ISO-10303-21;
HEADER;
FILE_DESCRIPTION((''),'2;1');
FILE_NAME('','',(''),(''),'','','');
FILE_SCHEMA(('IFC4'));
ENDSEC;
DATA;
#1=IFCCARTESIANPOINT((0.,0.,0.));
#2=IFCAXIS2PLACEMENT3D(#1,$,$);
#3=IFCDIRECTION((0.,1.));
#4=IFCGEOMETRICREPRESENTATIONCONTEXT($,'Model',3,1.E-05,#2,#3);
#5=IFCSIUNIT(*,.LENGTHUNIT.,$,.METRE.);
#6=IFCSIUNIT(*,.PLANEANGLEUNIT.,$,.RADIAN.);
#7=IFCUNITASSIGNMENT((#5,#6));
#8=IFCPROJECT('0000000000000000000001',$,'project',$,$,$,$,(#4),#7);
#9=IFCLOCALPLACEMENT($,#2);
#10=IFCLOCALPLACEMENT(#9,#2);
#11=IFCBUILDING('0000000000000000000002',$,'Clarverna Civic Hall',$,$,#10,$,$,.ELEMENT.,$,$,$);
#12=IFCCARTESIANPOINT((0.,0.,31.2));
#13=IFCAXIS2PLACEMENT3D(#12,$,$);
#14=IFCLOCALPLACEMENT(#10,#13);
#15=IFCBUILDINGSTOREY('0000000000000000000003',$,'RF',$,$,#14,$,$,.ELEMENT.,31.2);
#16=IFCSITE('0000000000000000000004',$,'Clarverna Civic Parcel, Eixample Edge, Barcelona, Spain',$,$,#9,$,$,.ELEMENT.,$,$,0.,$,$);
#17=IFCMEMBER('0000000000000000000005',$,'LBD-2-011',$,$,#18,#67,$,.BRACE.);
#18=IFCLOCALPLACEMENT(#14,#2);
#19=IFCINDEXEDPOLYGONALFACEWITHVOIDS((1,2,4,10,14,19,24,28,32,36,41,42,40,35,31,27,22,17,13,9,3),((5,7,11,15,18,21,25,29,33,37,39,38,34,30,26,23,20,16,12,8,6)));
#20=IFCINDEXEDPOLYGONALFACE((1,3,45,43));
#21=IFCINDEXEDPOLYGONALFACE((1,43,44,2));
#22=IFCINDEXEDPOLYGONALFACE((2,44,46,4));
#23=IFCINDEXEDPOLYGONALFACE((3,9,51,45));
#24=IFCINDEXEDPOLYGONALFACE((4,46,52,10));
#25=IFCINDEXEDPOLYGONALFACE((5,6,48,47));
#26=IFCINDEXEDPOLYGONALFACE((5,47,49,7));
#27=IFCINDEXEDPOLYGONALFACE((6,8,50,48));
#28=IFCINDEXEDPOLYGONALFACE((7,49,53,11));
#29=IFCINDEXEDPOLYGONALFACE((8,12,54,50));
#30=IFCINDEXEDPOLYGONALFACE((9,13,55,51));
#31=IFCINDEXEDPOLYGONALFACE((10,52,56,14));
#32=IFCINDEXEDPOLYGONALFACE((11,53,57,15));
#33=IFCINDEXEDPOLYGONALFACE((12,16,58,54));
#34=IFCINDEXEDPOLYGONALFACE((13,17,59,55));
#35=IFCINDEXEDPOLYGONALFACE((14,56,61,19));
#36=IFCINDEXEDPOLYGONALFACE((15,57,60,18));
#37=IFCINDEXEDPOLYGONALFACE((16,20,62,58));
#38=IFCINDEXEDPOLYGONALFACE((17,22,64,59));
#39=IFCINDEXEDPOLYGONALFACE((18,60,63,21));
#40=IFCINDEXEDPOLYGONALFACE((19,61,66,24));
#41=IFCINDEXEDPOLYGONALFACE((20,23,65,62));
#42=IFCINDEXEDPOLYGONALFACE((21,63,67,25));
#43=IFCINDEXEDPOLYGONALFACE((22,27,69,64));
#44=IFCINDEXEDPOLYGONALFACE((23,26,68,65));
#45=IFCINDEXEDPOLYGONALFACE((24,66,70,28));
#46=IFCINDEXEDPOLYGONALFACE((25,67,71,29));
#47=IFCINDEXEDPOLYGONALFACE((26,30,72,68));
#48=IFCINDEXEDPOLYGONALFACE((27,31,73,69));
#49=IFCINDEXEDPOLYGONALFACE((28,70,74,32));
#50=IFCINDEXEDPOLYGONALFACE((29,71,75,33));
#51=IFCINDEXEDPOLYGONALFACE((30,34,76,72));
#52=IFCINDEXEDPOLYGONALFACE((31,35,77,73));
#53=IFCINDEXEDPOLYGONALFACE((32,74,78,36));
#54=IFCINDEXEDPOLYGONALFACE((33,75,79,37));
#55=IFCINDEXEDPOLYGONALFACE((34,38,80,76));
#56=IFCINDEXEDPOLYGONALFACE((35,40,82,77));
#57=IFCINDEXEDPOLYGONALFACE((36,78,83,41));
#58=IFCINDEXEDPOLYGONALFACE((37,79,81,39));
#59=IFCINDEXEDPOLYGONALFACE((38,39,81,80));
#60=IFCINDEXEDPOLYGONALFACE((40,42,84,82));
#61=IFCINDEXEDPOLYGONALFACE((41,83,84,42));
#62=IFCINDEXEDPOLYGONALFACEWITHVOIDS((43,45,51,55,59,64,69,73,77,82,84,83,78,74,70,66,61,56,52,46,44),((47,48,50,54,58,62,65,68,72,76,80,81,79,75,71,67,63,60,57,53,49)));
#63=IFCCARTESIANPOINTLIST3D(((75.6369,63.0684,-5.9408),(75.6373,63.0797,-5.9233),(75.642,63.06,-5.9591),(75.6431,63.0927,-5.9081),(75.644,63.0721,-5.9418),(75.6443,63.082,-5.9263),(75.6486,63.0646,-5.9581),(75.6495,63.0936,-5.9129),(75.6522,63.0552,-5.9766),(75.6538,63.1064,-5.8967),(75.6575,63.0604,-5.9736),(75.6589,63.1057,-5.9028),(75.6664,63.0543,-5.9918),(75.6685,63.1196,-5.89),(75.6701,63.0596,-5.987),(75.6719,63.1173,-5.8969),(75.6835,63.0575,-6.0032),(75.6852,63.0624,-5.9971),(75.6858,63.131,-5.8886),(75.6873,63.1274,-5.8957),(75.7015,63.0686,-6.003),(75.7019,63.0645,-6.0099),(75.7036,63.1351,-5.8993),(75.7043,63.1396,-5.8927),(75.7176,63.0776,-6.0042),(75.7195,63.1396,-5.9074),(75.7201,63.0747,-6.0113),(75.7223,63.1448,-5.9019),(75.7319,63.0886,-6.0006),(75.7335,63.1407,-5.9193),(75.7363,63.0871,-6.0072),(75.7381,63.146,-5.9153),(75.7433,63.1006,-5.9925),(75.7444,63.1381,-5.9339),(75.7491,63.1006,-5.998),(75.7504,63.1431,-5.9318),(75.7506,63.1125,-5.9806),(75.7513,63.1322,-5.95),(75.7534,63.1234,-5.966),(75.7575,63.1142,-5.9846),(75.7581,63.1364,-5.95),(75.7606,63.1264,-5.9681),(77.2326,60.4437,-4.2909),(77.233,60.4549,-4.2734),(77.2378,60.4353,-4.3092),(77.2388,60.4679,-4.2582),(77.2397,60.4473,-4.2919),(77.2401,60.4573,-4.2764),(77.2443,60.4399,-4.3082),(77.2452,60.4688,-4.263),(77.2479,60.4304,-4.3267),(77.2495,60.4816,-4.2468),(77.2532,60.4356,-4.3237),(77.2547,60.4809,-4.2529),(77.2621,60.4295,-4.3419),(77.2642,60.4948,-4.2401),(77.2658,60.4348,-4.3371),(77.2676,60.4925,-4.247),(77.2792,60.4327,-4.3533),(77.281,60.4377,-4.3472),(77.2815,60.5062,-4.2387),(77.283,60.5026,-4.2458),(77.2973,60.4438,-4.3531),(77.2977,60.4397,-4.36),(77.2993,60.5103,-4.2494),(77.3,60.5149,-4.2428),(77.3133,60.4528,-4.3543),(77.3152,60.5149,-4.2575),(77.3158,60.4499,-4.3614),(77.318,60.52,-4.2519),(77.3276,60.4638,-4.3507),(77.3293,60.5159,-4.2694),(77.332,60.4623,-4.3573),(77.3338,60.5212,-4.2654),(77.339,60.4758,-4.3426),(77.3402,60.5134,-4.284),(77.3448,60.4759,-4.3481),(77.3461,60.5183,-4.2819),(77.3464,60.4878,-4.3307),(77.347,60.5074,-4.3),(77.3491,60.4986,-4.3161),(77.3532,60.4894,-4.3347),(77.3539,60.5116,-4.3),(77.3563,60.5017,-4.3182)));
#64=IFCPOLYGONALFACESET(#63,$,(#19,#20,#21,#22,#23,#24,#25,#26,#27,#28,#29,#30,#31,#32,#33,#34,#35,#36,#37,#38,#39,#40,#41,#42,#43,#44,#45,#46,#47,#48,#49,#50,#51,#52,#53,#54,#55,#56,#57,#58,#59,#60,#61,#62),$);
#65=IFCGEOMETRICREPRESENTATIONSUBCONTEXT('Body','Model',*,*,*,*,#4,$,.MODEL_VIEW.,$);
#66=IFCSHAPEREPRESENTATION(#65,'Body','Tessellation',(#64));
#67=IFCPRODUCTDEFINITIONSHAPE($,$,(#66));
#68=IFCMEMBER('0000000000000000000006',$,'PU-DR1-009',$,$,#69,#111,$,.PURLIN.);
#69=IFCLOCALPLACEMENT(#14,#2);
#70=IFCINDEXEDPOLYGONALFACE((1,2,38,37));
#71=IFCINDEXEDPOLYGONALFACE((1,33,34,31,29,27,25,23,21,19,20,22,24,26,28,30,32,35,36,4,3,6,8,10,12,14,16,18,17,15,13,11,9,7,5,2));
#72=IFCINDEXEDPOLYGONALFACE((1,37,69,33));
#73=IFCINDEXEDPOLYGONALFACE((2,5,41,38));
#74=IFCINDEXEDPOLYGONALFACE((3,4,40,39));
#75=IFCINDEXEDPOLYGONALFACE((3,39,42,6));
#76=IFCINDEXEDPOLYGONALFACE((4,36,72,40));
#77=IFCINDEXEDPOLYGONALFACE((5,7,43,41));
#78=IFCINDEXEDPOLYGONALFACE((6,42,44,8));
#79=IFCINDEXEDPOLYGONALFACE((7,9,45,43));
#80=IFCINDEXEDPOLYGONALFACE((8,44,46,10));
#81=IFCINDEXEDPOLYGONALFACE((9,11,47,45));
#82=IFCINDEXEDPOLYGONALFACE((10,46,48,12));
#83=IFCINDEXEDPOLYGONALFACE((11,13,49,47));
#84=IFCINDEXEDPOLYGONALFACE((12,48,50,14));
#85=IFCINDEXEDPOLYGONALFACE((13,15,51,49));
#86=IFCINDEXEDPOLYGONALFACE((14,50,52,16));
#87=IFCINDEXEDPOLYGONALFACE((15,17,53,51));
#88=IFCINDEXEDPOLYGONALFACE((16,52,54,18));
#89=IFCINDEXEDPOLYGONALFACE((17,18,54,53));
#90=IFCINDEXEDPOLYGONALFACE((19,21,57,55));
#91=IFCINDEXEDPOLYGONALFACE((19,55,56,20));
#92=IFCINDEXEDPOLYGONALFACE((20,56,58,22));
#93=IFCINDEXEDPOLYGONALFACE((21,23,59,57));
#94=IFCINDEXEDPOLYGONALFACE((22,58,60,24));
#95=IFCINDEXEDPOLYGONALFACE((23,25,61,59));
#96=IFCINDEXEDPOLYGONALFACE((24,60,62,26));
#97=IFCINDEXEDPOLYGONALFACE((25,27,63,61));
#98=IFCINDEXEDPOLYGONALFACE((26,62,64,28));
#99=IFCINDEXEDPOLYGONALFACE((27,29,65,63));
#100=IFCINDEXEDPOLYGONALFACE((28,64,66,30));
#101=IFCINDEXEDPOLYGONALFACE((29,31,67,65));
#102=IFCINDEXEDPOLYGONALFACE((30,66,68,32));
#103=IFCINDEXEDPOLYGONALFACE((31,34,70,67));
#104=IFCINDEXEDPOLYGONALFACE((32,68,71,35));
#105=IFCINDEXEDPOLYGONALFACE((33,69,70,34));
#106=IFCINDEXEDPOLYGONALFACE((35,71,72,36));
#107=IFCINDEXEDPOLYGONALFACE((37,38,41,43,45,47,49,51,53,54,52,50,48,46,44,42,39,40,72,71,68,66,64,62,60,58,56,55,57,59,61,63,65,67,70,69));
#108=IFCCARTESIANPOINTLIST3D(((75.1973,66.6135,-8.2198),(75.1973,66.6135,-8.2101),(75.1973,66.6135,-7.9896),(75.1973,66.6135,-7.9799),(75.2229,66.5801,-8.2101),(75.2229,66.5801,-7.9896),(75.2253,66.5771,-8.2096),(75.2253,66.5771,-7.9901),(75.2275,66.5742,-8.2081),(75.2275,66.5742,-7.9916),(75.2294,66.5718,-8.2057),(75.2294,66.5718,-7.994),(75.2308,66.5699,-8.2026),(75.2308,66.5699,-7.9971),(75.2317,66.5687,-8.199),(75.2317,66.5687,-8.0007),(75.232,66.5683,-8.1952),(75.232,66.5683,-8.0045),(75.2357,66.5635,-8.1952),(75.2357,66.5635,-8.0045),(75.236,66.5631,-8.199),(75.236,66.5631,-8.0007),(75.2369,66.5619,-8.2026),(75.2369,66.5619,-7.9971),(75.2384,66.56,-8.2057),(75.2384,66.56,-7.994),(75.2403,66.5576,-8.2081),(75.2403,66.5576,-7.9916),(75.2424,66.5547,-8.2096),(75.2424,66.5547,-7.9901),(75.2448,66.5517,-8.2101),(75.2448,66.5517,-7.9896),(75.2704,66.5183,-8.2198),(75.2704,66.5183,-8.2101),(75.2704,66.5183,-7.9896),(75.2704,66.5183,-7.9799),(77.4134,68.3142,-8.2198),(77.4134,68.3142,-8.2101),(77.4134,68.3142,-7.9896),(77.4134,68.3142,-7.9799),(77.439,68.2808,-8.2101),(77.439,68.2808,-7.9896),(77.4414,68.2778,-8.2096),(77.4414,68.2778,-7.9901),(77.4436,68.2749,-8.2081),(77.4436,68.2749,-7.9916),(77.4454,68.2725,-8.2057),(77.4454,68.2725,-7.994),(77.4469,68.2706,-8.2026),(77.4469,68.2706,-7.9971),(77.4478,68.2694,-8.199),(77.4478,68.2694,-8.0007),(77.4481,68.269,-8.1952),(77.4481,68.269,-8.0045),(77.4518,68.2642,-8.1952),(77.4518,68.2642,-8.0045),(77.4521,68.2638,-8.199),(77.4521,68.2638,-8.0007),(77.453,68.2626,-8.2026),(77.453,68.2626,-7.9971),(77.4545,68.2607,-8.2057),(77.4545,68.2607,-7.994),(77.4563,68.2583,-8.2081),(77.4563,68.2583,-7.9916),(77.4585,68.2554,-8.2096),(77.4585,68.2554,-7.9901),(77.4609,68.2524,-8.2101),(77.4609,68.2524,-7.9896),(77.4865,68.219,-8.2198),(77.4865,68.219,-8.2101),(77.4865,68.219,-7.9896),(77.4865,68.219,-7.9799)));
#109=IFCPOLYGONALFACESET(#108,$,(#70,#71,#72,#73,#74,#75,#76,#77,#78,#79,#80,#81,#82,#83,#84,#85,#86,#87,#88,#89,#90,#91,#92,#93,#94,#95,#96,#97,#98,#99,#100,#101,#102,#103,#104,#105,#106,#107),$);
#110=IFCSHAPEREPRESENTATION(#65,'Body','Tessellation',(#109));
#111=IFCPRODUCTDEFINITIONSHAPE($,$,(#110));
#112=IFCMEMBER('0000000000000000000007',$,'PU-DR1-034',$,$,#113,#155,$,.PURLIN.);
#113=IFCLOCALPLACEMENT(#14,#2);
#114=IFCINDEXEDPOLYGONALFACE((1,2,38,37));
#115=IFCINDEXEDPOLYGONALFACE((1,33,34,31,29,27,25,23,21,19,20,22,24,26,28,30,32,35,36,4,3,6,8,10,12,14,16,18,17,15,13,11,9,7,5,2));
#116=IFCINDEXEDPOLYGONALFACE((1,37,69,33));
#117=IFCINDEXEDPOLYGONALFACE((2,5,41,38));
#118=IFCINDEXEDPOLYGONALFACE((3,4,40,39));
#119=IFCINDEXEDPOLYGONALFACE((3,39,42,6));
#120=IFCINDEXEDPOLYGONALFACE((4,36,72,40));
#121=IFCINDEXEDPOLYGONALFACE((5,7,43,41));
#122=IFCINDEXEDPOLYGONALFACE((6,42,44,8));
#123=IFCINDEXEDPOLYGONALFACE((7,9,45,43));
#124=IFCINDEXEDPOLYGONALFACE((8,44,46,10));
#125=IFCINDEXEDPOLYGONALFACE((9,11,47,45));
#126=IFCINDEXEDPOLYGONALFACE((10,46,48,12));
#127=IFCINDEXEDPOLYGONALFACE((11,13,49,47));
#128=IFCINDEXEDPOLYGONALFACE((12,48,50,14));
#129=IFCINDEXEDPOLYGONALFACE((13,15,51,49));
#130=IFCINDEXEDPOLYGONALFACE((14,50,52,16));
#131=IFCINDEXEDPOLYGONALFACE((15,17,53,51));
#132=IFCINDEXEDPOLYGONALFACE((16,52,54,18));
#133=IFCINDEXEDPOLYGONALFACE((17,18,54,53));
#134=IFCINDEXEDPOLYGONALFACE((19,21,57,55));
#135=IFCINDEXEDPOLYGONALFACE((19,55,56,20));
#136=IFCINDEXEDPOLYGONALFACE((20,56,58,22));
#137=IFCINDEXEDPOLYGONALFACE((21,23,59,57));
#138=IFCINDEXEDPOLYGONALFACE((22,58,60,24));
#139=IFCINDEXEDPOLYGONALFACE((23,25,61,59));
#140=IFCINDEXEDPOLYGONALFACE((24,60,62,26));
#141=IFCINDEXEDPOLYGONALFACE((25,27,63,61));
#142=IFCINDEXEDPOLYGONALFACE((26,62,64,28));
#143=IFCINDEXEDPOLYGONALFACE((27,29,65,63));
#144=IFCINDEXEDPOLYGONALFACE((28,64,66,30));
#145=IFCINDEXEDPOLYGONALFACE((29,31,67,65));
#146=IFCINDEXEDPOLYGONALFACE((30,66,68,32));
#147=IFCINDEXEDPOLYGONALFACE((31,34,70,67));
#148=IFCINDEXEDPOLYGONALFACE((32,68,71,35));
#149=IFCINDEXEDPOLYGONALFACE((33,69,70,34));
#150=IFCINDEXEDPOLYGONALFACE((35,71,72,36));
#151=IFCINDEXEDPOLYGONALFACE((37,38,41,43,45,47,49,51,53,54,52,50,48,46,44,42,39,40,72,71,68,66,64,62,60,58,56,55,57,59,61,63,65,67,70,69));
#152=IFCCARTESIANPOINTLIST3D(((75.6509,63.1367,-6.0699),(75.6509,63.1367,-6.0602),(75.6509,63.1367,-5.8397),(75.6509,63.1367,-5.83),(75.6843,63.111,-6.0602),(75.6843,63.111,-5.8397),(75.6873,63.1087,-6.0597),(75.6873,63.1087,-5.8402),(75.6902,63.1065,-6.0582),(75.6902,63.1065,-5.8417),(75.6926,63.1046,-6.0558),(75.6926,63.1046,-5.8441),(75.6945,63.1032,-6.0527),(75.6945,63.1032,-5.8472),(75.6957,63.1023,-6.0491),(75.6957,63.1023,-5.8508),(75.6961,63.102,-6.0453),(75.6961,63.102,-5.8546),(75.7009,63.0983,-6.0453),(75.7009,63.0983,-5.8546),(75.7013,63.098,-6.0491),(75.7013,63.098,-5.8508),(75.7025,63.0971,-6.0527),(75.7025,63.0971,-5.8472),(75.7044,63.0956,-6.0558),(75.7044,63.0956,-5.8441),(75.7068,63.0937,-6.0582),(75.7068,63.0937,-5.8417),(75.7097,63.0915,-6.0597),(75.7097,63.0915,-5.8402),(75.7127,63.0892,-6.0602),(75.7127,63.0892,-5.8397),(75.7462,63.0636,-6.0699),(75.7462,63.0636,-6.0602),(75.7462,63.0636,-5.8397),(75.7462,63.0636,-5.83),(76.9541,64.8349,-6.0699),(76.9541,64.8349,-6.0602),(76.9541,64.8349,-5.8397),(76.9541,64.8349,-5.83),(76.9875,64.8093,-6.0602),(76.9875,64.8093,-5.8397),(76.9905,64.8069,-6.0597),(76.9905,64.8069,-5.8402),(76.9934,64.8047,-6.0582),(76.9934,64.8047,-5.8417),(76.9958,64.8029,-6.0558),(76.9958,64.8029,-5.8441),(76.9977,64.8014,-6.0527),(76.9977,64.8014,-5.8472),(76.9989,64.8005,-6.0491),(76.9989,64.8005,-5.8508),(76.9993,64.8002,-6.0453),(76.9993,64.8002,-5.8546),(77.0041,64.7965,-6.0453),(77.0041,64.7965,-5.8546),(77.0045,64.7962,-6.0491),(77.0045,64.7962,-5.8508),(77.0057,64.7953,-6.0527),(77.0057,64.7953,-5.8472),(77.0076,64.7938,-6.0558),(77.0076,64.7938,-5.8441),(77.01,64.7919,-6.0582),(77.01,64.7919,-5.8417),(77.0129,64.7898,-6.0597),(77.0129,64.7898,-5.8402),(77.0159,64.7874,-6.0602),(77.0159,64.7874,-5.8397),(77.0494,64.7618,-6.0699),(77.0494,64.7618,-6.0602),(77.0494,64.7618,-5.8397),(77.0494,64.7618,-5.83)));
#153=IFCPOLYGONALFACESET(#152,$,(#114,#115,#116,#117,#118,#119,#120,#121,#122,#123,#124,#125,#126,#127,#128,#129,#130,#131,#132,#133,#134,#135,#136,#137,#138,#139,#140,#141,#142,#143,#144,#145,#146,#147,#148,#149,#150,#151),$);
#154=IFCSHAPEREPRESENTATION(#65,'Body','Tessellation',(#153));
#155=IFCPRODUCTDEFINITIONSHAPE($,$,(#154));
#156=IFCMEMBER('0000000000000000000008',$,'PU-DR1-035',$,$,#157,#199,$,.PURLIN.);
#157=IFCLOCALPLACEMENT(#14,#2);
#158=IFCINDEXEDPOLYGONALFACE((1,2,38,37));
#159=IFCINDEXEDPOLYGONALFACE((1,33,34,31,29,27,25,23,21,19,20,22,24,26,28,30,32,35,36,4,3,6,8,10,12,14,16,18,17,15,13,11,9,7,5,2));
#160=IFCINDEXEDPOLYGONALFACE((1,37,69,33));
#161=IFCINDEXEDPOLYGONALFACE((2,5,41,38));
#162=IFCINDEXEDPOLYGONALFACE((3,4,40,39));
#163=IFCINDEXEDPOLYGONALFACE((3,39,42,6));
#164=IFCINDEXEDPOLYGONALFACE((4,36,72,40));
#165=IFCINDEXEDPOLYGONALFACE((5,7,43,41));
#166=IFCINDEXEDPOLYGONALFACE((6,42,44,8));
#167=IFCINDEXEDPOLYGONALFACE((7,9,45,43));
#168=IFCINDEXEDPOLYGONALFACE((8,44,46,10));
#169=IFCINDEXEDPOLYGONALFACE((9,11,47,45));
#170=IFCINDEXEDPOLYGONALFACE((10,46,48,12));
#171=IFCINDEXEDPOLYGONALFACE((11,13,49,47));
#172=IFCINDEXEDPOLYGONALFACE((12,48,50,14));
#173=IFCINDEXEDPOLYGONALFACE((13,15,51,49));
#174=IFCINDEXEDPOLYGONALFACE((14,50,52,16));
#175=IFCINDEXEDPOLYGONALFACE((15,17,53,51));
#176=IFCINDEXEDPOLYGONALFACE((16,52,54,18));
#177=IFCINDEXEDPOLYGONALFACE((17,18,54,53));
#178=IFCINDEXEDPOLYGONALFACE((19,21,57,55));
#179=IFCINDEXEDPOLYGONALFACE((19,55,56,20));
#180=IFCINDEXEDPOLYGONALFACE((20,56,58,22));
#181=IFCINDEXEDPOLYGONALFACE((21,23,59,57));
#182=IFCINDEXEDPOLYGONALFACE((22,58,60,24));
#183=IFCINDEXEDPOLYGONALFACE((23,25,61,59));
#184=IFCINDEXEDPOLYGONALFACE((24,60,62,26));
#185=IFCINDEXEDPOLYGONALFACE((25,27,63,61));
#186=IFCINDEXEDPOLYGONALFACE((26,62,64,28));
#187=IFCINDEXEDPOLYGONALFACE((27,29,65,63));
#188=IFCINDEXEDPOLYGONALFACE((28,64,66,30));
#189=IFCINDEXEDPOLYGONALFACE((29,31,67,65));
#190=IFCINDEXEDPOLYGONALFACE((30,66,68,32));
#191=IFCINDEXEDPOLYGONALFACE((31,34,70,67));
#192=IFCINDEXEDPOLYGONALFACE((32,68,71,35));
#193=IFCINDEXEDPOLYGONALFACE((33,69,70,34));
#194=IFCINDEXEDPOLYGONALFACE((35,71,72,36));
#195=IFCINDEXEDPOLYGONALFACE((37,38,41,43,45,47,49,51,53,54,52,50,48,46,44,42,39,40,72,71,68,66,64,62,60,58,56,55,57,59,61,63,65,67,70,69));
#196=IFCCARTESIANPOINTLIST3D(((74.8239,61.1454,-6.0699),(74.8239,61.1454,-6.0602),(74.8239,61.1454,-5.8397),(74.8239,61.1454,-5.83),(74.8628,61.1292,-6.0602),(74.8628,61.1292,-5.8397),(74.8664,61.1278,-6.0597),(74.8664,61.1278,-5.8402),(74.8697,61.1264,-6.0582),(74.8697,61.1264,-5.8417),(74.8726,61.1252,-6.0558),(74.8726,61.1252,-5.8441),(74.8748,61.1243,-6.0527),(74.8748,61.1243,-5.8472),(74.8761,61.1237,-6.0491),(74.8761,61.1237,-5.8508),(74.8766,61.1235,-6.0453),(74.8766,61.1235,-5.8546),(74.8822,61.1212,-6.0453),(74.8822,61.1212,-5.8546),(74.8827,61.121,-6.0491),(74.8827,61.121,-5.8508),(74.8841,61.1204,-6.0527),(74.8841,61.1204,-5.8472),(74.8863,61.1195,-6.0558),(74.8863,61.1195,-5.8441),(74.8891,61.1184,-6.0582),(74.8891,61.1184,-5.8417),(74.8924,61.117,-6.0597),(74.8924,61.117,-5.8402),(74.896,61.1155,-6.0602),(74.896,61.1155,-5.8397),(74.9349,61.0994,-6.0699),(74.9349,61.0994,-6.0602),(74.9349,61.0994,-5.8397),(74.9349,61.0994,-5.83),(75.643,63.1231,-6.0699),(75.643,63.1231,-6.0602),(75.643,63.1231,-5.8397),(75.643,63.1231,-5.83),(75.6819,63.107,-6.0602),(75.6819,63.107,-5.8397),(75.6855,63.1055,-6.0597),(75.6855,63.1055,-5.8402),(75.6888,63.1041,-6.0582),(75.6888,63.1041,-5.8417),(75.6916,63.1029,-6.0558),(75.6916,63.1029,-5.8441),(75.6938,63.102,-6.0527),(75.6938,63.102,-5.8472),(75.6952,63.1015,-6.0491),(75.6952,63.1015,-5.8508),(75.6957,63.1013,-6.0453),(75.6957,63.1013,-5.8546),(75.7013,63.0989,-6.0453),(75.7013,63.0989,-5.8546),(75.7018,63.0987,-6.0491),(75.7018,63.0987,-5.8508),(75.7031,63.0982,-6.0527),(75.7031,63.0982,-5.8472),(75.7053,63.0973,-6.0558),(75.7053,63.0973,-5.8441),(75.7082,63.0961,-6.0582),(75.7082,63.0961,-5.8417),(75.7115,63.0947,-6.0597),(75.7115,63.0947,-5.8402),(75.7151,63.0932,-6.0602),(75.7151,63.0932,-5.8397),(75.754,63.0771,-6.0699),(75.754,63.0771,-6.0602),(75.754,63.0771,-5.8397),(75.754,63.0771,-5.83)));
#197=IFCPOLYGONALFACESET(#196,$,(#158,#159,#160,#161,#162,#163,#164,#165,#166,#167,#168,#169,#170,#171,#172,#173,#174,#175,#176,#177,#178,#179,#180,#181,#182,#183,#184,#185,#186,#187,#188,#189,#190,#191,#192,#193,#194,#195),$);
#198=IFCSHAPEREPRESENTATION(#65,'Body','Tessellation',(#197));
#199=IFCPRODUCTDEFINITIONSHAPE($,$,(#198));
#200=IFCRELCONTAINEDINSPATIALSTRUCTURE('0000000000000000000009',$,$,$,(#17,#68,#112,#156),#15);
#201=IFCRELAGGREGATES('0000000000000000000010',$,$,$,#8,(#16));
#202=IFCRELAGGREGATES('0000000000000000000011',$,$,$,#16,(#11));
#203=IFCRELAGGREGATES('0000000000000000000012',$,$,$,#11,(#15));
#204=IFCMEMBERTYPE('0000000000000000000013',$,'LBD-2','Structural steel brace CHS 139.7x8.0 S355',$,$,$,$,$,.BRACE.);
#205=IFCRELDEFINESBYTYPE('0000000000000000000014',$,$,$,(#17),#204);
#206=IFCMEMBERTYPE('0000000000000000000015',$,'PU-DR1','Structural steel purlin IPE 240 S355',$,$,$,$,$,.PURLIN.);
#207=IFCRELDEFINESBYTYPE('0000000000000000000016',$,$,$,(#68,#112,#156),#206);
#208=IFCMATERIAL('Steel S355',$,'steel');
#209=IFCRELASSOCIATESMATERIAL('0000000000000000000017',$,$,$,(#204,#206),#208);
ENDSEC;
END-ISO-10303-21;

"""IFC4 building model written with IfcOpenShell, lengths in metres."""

from ifc_helpers import new_model, si_unit, direction, frame, origin, origin_2d, place, context, subcontext, project, spatial, hollow_circle, i_section, extrude, material, material_profile, profile_set, type_object, element, save


model = new_model("IFC4")

# Units and contexts
model_context = context("Model", 3, precision=1e-05, world=origin(), true_north=direction((0.0, 1.0)))
body_context = subcontext(model_context, "Body", "Model", "MODEL_VIEW")
ifc_project = project(units=[si_unit("LENGTHUNIT", "METRE"), si_unit("PLANEANGLEUNIT", "RADIAN")], contexts=[model_context])

# Site, building, storey
site_placement = place(None, origin())
site = spatial("IfcSite", under=ifc_project, at=site_placement, Name="Clarverna Civic Parcel, Eixample Edge, Barcelona, Spain", CompositionType="ELEMENT", RefElevation=0.0)
building_placement = place(site_placement, origin())
building = spatial("IfcBuilding", under=site, at=building_placement, Name="Clarverna Civic Hall", CompositionType="ELEMENT")
storey_placement = place(building_placement, frame((0.0, 0.0, 31.2)))
storey = spatial("IfcBuildingStorey", under=building, at=storey_placement, Name="RF", CompositionType="ELEMENT", Elevation=31.2)

# Members
ifc_material_1 = material(Name="Steel S355", Category="steel")
ifc_material_profile_1 = material_profile(ifc_material_1, hollow_circle(Radius=0.0698, WallThickness=0.0081, at=origin_2d()), Name="CHS 139.7x8.0")
ifc_profile_set_1 = profile_set([ifc_material_profile_1], Name="Steel S355")
member_type_1 = type_object("IfcMemberType", Name="LBD-2", Description="Structural steel brace CHS 139.7x8.0 S355", PredefinedType="BRACE", material=ifc_profile_set_1)
for number, where, z_axis, x_axis, name in (
    (1, (75.6985, 63.1001, -5.95), (0.457641, -0.752769, 0.473185), (0.854484, 0.519478, 0.0), "LBD-2-011"),
):
    element("IfcMember", number, at=place(storey_placement, frame(where, z_axis=z_axis, x_axis=x_axis)), inside=storey, type_object=member_type_1, Name=name, PredefinedType="BRACE", context=body_context, shape_type="SweptSolid", body=[
        extrude(hollow_circle(Radius=0.0698, WallThickness=0.0081, at=origin_2d()), origin(), (0.0, 0.0, 1.0), 3.4868),
    ])
ifc_material_profile_2 = material_profile(ifc_material_1, i_section(OverallWidth=0.1201, OverallDepth=0.24, WebThickness=0.0061, FlangeThickness=0.0098, FilletRadius=0.0149, at=origin_2d()), Name="IPE 240")
ifc_profile_set_2 = profile_set([ifc_material_profile_2], Name="Steel S355")
member_type_2 = type_object("IfcMemberType", Name="PU-DR1", Description="Structural steel purlin IPE 240 S355", PredefinedType="PURLIN", material=ifc_profile_set_2)
member_1_placement = place(storey_placement, frame((77.45, 68.2666, -8.0999), z_axis=(-0.793312, -0.608815, 0.0), x_axis=(0.608815, -0.793312, 0.0)))
element("IfcMember", 2, at=member_1_placement, inside=storey, type_object=member_type_2, Name="PU-DR1-009", PredefinedType="PURLIN", context=body_context, shape_type="SweptSolid", body=[
    extrude(i_section(OverallWidth=0.1201, OverallDepth=0.24, WebThickness=0.0061, FlangeThickness=0.0098, FilletRadius=0.0149, at=origin_2d()), origin(), (0.0, 0.0, 1.0), 2.7935),
])
for number, where, z_axis, x_axis, name in (
    (3, (77.0017, 64.7983, -5.95), (-0.608795, -0.793327, 0.0), (0.793327, -0.608795, 0.0), "PU-DR1-034"),
    (4, (75.6985, 63.1001, -5.95), (-0.38263, -0.923901, 0.0), (0.923901, -0.38263, 0.0), "PU-DR1-035"),
):
    element("IfcMember", number, at=place(storey_placement, frame(where, z_axis=z_axis, x_axis=x_axis)), inside=storey, type_object=member_type_2, Name=name, PredefinedType="PURLIN", context=body_context, shape_type="SweptSolid", body=[
        extrude(i_section(OverallWidth=0.1201, OverallDepth=0.24, WebThickness=0.0061, FlangeThickness=0.0098, FilletRadius=0.0149, at=origin_2d()), origin(), (0.0, 0.0, 1.0), 2.1406),
    ])

save(model, "model.ifc")
